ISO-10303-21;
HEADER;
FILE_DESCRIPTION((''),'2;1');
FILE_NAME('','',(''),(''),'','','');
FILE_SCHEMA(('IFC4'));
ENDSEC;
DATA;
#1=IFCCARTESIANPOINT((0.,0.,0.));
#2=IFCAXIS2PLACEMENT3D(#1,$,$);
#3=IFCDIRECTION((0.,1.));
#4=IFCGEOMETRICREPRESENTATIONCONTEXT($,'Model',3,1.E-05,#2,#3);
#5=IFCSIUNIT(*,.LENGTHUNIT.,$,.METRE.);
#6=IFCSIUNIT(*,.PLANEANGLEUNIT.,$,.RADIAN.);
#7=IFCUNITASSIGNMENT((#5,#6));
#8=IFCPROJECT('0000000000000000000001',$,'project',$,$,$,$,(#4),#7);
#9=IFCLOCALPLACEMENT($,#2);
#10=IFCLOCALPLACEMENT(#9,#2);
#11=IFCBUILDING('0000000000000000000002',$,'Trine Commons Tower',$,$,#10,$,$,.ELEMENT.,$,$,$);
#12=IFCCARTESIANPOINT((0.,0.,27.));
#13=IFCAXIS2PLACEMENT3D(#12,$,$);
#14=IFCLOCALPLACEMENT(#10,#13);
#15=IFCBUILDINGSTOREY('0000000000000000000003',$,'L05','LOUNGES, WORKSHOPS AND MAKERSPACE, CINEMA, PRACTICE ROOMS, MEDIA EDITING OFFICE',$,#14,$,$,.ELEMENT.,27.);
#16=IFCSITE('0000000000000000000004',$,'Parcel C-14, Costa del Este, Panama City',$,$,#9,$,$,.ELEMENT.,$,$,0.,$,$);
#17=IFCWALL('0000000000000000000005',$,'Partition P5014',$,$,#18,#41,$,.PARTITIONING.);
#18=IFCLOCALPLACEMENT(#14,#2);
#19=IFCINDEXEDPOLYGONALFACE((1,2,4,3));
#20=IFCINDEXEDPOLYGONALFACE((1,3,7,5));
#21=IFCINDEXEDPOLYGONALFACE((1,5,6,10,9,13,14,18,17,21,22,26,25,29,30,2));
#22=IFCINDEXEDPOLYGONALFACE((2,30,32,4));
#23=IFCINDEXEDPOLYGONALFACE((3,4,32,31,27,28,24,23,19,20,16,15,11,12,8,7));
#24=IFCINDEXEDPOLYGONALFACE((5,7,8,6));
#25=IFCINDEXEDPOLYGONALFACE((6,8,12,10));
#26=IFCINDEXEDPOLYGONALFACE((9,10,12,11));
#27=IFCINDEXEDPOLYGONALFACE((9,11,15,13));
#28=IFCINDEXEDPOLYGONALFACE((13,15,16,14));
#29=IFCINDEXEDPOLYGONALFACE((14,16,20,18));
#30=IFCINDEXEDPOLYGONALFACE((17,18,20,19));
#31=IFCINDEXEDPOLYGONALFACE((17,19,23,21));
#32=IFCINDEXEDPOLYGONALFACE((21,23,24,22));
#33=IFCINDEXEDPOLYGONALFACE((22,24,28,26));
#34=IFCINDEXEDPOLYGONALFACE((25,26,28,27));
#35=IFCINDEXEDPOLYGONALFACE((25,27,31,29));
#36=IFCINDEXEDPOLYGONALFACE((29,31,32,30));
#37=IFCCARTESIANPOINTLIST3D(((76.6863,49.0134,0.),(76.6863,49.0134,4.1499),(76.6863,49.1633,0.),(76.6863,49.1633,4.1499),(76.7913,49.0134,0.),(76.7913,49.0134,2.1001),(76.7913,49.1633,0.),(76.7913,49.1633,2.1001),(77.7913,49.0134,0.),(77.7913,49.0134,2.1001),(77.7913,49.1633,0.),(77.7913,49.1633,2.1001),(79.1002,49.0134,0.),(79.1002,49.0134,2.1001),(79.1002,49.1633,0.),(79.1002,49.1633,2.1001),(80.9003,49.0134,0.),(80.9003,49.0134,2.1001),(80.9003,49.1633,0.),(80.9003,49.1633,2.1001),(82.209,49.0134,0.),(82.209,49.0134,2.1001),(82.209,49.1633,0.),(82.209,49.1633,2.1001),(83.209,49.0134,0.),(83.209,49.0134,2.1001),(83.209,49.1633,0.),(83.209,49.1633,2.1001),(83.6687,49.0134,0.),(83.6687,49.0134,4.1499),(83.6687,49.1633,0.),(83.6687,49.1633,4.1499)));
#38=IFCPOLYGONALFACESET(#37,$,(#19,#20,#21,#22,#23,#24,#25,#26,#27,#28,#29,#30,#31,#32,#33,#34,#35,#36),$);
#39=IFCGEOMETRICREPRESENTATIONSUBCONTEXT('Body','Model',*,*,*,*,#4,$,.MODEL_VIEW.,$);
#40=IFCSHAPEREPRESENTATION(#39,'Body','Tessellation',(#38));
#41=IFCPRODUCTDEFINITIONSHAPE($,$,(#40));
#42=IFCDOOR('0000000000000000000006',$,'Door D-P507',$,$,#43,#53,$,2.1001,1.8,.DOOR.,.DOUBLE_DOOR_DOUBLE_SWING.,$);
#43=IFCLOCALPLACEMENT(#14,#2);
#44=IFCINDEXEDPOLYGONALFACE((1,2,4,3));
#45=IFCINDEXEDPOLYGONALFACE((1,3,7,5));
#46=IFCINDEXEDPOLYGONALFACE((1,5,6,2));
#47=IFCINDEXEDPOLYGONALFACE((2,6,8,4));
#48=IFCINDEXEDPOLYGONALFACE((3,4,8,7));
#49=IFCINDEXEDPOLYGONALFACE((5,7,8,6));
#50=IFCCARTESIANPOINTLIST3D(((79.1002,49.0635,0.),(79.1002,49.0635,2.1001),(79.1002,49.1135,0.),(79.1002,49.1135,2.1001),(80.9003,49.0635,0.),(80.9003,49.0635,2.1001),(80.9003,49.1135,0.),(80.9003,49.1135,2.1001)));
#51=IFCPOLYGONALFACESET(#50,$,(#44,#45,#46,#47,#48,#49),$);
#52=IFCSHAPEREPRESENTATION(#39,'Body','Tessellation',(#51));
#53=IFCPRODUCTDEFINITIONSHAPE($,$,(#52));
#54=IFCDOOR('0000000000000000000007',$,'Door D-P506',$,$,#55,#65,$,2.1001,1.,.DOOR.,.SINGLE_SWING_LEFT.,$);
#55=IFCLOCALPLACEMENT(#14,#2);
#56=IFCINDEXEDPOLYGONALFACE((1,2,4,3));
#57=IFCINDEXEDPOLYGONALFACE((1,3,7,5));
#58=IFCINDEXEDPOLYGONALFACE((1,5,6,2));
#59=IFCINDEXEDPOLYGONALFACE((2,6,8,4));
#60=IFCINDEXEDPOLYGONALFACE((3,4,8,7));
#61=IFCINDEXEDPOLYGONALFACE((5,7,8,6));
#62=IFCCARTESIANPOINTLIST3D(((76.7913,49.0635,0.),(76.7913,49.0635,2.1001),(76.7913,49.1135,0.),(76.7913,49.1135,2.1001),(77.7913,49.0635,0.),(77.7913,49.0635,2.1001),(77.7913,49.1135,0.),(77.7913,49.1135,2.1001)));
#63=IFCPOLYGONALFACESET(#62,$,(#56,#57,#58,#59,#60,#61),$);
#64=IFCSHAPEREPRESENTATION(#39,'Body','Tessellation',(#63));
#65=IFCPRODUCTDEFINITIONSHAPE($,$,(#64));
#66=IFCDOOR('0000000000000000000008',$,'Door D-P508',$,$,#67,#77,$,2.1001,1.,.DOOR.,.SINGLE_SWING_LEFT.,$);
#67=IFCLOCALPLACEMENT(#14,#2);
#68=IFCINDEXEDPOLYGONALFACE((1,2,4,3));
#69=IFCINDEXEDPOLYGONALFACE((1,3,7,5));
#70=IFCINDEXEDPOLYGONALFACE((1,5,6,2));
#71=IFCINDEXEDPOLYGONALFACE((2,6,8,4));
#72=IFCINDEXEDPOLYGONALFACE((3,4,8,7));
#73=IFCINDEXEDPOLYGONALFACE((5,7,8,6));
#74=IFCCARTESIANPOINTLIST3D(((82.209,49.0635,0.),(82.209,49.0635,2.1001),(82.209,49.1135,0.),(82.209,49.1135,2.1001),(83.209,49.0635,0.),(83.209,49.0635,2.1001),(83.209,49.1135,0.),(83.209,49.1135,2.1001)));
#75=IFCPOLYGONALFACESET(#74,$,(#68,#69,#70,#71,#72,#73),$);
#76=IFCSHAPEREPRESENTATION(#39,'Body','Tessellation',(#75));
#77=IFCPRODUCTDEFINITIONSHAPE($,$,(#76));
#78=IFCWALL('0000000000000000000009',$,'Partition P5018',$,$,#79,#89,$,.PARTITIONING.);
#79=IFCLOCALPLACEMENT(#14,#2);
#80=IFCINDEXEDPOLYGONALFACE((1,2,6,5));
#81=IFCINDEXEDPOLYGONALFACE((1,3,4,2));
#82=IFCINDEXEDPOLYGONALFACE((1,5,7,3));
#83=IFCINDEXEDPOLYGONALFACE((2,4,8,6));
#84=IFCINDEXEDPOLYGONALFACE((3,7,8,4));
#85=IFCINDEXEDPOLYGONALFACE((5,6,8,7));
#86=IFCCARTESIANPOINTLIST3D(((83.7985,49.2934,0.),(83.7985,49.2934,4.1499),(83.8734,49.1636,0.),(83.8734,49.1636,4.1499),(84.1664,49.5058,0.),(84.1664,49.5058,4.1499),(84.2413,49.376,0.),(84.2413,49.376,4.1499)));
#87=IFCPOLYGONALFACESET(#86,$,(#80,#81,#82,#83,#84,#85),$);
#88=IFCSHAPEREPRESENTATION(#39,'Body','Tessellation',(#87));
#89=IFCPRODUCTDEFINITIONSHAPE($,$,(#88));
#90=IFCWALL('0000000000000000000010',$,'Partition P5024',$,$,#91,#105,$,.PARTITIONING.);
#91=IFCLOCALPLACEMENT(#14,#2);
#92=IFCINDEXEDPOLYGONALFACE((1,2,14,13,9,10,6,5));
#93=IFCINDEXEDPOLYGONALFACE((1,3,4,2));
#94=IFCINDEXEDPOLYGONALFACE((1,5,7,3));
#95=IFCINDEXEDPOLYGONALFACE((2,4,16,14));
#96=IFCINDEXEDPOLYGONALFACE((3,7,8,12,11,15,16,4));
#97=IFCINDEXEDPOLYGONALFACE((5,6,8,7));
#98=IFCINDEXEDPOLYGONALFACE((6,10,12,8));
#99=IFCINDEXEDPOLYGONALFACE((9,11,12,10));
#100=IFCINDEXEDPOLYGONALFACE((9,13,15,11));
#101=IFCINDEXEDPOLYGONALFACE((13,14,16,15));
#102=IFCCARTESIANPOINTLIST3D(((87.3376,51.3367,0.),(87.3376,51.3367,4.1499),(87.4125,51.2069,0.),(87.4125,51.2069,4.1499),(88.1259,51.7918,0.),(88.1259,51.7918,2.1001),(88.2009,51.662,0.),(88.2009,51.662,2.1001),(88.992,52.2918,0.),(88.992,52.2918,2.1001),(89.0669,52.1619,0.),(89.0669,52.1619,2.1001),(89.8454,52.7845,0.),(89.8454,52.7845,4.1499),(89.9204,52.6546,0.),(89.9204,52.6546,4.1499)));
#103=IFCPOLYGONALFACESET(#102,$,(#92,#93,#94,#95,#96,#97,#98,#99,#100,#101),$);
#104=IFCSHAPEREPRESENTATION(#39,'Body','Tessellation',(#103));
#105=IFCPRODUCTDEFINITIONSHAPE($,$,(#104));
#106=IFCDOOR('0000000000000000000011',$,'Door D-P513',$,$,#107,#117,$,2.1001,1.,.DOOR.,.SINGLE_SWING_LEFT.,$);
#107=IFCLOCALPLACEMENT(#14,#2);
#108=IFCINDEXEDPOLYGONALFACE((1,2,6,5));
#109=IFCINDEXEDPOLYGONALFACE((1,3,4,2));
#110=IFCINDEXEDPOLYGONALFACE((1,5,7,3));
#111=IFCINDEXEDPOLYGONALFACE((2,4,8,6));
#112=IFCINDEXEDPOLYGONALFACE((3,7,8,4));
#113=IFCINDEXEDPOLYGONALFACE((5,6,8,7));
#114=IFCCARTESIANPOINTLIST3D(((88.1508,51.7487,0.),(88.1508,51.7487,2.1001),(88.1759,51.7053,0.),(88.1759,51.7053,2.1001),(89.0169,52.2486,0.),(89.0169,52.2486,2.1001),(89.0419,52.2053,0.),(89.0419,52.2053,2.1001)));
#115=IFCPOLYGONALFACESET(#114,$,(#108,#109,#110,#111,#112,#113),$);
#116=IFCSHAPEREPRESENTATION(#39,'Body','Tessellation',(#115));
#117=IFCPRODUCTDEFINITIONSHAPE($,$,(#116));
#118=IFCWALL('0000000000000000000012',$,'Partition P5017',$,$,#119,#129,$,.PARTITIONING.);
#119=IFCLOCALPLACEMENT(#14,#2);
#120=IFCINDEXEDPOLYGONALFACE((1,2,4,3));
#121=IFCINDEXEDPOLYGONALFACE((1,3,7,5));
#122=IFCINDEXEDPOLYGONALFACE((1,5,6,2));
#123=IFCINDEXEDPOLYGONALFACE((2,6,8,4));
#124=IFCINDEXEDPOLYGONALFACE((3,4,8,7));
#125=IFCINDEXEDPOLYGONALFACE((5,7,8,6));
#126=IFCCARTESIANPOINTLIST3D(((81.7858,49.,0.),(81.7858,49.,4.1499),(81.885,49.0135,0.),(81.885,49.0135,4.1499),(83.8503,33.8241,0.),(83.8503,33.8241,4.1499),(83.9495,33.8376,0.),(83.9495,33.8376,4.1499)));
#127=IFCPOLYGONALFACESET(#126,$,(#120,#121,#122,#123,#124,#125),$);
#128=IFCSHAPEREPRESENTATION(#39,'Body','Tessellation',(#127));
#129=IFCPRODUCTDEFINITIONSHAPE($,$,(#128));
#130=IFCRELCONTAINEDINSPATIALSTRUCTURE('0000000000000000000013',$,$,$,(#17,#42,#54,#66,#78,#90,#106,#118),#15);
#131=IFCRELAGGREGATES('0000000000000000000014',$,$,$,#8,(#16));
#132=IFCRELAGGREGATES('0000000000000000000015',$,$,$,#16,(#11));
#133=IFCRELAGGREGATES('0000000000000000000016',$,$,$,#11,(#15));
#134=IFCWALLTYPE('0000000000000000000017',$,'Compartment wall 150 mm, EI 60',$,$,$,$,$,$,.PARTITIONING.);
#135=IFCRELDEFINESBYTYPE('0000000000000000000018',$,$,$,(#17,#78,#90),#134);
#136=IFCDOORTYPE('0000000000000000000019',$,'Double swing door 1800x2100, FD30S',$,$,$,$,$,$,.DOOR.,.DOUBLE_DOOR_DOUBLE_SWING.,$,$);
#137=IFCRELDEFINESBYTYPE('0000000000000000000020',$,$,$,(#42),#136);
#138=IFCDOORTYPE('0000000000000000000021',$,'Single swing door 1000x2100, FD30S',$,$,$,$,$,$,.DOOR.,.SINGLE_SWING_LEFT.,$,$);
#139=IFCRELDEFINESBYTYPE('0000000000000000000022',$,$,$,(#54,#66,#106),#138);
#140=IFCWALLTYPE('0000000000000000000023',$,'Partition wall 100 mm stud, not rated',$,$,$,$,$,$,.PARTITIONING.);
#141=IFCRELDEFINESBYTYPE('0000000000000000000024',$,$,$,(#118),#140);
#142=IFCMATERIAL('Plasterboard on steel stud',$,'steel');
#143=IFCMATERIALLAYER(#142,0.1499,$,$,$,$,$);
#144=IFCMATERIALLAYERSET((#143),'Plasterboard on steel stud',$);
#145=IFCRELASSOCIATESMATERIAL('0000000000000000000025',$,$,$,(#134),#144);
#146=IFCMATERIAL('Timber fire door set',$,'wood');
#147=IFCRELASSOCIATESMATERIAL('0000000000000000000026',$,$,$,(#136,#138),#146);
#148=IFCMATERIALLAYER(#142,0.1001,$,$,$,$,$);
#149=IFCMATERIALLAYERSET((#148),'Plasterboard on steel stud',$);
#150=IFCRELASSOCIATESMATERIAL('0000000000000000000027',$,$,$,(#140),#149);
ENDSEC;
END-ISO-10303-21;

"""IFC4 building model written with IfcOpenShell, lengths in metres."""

from ifc_helpers import new_model, si_unit, direction, frame, frame_2d, origin, place, context, subcontext, project, spatial, rectangle, extrude, material, layer, layer_set, type_object, element, fill, save


model = new_model("IFC4")

# Units and contexts
model_context = context("Model", 3, precision=1e-05, world=origin(), true_north=direction((0.0, 1.0)))
body_context = subcontext(model_context, "Body", "Model", "MODEL_VIEW")
ifc_project = project(units=[si_unit("LENGTHUNIT", "METRE"), si_unit("PLANEANGLEUNIT", "RADIAN")], contexts=[model_context])

# Site, building, storey
site_placement = place(None, origin())
site = spatial("IfcSite", under=ifc_project, at=site_placement, Name="Parcel C-14, Costa del Este, Panama City", CompositionType="ELEMENT", RefElevation=0.0)
building_placement = place(site_placement, origin())
building = spatial("IfcBuilding", under=site, at=building_placement, Name="Trine Commons Tower", CompositionType="ELEMENT")
storey_placement = place(building_placement, frame((0.0, 0.0, 27.0)))
storey = spatial("IfcBuildingStorey", under=building, at=storey_placement, Name="L05", Description="LOUNGES, WORKSHOPS AND MAKERSPACE, CINEMA, PRACTICE ROOMS, MEDIA EDITING OFFICE", CompositionType="ELEMENT", Elevation=27.0)

# Wall, openings, doors
ifc_material_1 = material(Name="Plasterboard on steel stud", Category="steel")
ifc_layer_1 = layer(ifc_material_1, 0.1499)
ifc_layer_set_1 = layer_set([ifc_layer_1], Name="Plasterboard on steel stud")
wall_type_1 = type_object("IfcWallType", Name="Compartment wall 150 mm, EI 60", PredefinedType="PARTITIONING", material=ifc_layer_set_1)
wall_1_placement = place(storey_placement, frame((83.6687, 49.0884, 0.0), z_axis=(0.0, 0.0, 1.0), x_axis=(-1.0, 0.0, 0.0)))
wall_1 = element("IfcWall", 1, at=wall_1_placement, inside=storey, type_object=wall_type_1, Name="Partition P5014", PredefinedType="PARTITIONING", context=body_context, shape_type="SweptSolid", body=[
    extrude(rectangle(XDim=6.9824, YDim=0.1499, at=frame_2d((3.4912, 0.0))), origin(), (0.0, 0.0, 1.0), 4.1499),
])
opening_1_placement = place(wall_1_placement, frame((5.8774, 0.0, 0.0)))
opening_1 = element("IfcOpeningElement", 2, at=opening_1_placement, cuts=wall_1, PredefinedType="OPENING", context=body_context, shape_type="SweptSolid", body=[
    extrude(rectangle(XDim=1.0, YDim=2.1001, at=frame_2d((0.5, 1.05))), frame((0.0, 0.085, 0.0), z_axis=(0.0, -1.0, 0.0), x_axis=(1.0, 0.0, 0.0)), (0.0, 0.0, 1.0), 0.1699),
])
opening_2_placement = place(wall_1_placement, frame((2.7686, 0.0, 0.0)))
opening_2 = element("IfcOpeningElement", 3, at=opening_2_placement, cuts=wall_1, PredefinedType="OPENING", context=body_context, shape_type="SweptSolid", body=[
    extrude(rectangle(XDim=1.8, YDim=2.1001, at=frame_2d((0.8999, 1.05))), frame((0.0, 0.085, 0.0), z_axis=(0.0, -1.0, 0.0), x_axis=(1.0, 0.0, 0.0)), (0.0, 0.0, 1.0), 0.1699),
])
opening_3_placement = place(wall_1_placement, frame((0.4597, 0.0, 0.0)))
opening_3 = element("IfcOpeningElement", 4, at=opening_3_placement, cuts=wall_1, PredefinedType="OPENING", context=body_context, shape_type="SweptSolid", body=[
    extrude(rectangle(XDim=1.0, YDim=2.1001, at=frame_2d((0.5, 1.05))), frame((0.0, 0.085, 0.0), z_axis=(0.0, -1.0, 0.0), x_axis=(1.0, 0.0, 0.0)), (0.0, 0.0, 1.0), 0.1699),
])
ifc_material_2 = material(Name="Timber fire door set", Category="wood")
door_type_1 = type_object("IfcDoorType", Name="Double swing door 1800x2100, FD30S", OperationType="DOUBLE_DOOR_DOUBLE_SWING", PredefinedType="DOOR", material=ifc_material_2)
door_1_placement = place(opening_2_placement, origin())
door_1 = element("IfcDoor", 5, at=door_1_placement, inside=storey, type_object=door_type_1, Name="Door D-P507", OperationType="DOUBLE_DOOR_DOUBLE_SWING", OverallHeight=2.1001, OverallWidth=1.8, PredefinedType="DOOR", context=body_context, shape_type="SweptSolid", body=[
    extrude(rectangle(XDim=1.8, YDim=2.1001, at=frame_2d((0.8999, 1.05))), frame((0.0, 0.0249, 0.0), z_axis=(0.0, -1.0, 0.0), x_axis=(1.0, 0.0, 0.0)), (0.0, 0.0, 1.0), 0.05),
])
fill(opening_2, door_1)
door_type_2 = type_object("IfcDoorType", Name="Single swing door 1000x2100, FD30S", OperationType="SINGLE_SWING_LEFT", PredefinedType="DOOR", material=ifc_material_2)
door_2_placement = place(opening_1_placement, origin())
door_2 = element("IfcDoor", 6, at=door_2_placement, inside=storey, type_object=door_type_2, Name="Door D-P506", OperationType="SINGLE_SWING_LEFT", OverallHeight=2.1001, OverallWidth=1.0, PredefinedType="DOOR", context=body_context, shape_type="SweptSolid", body=[
    extrude(rectangle(XDim=1.0, YDim=2.1001, at=frame_2d((0.5, 1.05))), frame((0.0, 0.0249, 0.0), z_axis=(0.0, -1.0, 0.0), x_axis=(1.0, 0.0, 0.0)), (0.0, 0.0, 1.0), 0.05),
])
fill(opening_1, door_2)
door_3_placement = place(opening_3_placement, origin())
door_3 = element("IfcDoor", 7, at=door_3_placement, inside=storey, type_object=door_type_2, Name="Door D-P508", OperationType="SINGLE_SWING_LEFT", OverallHeight=2.1001, OverallWidth=1.0, PredefinedType="DOOR", context=body_context, shape_type="SweptSolid", body=[
    extrude(rectangle(XDim=1.0, YDim=2.1001, at=frame_2d((0.5, 1.05))), frame((0.0, 0.0249, 0.0), z_axis=(0.0, -1.0, 0.0), x_axis=(1.0, 0.0, 0.0)), (0.0, 0.0, 1.0), 0.05),
])
fill(opening_3, door_3)

# Wall
wall_2_placement = place(storey_placement, frame((83.8359, 49.2285, 0.0), z_axis=(0.0, 0.0, 1.0), x_axis=(0.866042, 0.499971, 0.0)))
element("IfcWall", 8, at=wall_2_placement, inside=storey, type_object=wall_type_1, Name="Partition P5018", PredefinedType="PARTITIONING", context=body_context, shape_type="SweptSolid", body=[
    extrude(rectangle(XDim=0.4248, YDim=0.1499, at=frame_2d((0.2124, 0.0))), origin(), (0.0, 0.0, 1.0), 4.1499),
])

# Wall, opening, door
wall_3_placement = place(storey_placement, frame((89.8828, 52.7195, 0.0), z_axis=(0.0, 0.0, 1.0), x_axis=(-0.866045, -0.499966, 0.0)))
wall_3 = element("IfcWall", 9, at=wall_3_placement, inside=storey, type_object=wall_type_1, Name="Partition P5024", PredefinedType="PARTITIONING", context=body_context, shape_type="SweptSolid", body=[
    extrude(rectangle(XDim=2.8958, YDim=0.1499, at=frame_2d((1.4478, 0.0))), origin(), (0.0, 0.0, 1.0), 4.1499),
])
opening_4_placement = place(wall_3_placement, frame((0.9854, 0.0, 0.0)))
opening_4 = element("IfcOpeningElement", 10, at=opening_4_placement, cuts=wall_3, PredefinedType="OPENING", context=body_context, shape_type="SweptSolid", body=[
    extrude(rectangle(XDim=1.0, YDim=2.1001, at=frame_2d((0.5, 1.05))), frame((0.0, 0.085, 0.0), z_axis=(0.0, -1.0, 0.0), x_axis=(1.0, 0.0, 0.0)), (0.0, 0.0, 1.0), 0.1699),
])
door_4_placement = place(opening_4_placement, origin())
door_4 = element("IfcDoor", 11, at=door_4_placement, inside=storey, type_object=door_type_2, Name="Door D-P513", OperationType="SINGLE_SWING_LEFT", OverallHeight=2.1001, OverallWidth=1.0, PredefinedType="DOOR", context=body_context, shape_type="SweptSolid", body=[
    extrude(rectangle(XDim=1.0, YDim=2.1001, at=frame_2d((0.5, 1.05))), frame((0.0, 0.0249, 0.0), z_axis=(0.0, -1.0, 0.0), x_axis=(1.0, 0.0, 0.0)), (0.0, 0.0, 1.0), 0.05),
])
fill(opening_4, door_4)

# Wall
ifc_layer_2 = layer(ifc_material_1, 0.1001)
ifc_layer_set_2 = layer_set([ifc_layer_2], Name="Plasterboard on steel stud")
wall_type_2 = type_object("IfcWallType", Name="Partition wall 100 mm stud, not rated", PredefinedType="PARTITIONING", material=ifc_layer_set_2)
wall_4_placement = place(storey_placement, frame((81.8354, 49.0066, 0.0), z_axis=(0.0, 0.0, 1.0), x_axis=(0.134795, -0.990874, 0.0)))
element("IfcWall", 12, at=wall_4_placement, inside=storey, type_object=wall_type_2, Name="Partition P5017", PredefinedType="PARTITIONING", context=body_context, shape_type="SweptSolid", body=[
    extrude(rectangle(XDim=15.3157, YDim=0.1001, at=frame_2d((7.6577, 0.0))), origin(), (0.0, 0.0, 1.0), 4.1499),
])

save(model, "model.ifc")
